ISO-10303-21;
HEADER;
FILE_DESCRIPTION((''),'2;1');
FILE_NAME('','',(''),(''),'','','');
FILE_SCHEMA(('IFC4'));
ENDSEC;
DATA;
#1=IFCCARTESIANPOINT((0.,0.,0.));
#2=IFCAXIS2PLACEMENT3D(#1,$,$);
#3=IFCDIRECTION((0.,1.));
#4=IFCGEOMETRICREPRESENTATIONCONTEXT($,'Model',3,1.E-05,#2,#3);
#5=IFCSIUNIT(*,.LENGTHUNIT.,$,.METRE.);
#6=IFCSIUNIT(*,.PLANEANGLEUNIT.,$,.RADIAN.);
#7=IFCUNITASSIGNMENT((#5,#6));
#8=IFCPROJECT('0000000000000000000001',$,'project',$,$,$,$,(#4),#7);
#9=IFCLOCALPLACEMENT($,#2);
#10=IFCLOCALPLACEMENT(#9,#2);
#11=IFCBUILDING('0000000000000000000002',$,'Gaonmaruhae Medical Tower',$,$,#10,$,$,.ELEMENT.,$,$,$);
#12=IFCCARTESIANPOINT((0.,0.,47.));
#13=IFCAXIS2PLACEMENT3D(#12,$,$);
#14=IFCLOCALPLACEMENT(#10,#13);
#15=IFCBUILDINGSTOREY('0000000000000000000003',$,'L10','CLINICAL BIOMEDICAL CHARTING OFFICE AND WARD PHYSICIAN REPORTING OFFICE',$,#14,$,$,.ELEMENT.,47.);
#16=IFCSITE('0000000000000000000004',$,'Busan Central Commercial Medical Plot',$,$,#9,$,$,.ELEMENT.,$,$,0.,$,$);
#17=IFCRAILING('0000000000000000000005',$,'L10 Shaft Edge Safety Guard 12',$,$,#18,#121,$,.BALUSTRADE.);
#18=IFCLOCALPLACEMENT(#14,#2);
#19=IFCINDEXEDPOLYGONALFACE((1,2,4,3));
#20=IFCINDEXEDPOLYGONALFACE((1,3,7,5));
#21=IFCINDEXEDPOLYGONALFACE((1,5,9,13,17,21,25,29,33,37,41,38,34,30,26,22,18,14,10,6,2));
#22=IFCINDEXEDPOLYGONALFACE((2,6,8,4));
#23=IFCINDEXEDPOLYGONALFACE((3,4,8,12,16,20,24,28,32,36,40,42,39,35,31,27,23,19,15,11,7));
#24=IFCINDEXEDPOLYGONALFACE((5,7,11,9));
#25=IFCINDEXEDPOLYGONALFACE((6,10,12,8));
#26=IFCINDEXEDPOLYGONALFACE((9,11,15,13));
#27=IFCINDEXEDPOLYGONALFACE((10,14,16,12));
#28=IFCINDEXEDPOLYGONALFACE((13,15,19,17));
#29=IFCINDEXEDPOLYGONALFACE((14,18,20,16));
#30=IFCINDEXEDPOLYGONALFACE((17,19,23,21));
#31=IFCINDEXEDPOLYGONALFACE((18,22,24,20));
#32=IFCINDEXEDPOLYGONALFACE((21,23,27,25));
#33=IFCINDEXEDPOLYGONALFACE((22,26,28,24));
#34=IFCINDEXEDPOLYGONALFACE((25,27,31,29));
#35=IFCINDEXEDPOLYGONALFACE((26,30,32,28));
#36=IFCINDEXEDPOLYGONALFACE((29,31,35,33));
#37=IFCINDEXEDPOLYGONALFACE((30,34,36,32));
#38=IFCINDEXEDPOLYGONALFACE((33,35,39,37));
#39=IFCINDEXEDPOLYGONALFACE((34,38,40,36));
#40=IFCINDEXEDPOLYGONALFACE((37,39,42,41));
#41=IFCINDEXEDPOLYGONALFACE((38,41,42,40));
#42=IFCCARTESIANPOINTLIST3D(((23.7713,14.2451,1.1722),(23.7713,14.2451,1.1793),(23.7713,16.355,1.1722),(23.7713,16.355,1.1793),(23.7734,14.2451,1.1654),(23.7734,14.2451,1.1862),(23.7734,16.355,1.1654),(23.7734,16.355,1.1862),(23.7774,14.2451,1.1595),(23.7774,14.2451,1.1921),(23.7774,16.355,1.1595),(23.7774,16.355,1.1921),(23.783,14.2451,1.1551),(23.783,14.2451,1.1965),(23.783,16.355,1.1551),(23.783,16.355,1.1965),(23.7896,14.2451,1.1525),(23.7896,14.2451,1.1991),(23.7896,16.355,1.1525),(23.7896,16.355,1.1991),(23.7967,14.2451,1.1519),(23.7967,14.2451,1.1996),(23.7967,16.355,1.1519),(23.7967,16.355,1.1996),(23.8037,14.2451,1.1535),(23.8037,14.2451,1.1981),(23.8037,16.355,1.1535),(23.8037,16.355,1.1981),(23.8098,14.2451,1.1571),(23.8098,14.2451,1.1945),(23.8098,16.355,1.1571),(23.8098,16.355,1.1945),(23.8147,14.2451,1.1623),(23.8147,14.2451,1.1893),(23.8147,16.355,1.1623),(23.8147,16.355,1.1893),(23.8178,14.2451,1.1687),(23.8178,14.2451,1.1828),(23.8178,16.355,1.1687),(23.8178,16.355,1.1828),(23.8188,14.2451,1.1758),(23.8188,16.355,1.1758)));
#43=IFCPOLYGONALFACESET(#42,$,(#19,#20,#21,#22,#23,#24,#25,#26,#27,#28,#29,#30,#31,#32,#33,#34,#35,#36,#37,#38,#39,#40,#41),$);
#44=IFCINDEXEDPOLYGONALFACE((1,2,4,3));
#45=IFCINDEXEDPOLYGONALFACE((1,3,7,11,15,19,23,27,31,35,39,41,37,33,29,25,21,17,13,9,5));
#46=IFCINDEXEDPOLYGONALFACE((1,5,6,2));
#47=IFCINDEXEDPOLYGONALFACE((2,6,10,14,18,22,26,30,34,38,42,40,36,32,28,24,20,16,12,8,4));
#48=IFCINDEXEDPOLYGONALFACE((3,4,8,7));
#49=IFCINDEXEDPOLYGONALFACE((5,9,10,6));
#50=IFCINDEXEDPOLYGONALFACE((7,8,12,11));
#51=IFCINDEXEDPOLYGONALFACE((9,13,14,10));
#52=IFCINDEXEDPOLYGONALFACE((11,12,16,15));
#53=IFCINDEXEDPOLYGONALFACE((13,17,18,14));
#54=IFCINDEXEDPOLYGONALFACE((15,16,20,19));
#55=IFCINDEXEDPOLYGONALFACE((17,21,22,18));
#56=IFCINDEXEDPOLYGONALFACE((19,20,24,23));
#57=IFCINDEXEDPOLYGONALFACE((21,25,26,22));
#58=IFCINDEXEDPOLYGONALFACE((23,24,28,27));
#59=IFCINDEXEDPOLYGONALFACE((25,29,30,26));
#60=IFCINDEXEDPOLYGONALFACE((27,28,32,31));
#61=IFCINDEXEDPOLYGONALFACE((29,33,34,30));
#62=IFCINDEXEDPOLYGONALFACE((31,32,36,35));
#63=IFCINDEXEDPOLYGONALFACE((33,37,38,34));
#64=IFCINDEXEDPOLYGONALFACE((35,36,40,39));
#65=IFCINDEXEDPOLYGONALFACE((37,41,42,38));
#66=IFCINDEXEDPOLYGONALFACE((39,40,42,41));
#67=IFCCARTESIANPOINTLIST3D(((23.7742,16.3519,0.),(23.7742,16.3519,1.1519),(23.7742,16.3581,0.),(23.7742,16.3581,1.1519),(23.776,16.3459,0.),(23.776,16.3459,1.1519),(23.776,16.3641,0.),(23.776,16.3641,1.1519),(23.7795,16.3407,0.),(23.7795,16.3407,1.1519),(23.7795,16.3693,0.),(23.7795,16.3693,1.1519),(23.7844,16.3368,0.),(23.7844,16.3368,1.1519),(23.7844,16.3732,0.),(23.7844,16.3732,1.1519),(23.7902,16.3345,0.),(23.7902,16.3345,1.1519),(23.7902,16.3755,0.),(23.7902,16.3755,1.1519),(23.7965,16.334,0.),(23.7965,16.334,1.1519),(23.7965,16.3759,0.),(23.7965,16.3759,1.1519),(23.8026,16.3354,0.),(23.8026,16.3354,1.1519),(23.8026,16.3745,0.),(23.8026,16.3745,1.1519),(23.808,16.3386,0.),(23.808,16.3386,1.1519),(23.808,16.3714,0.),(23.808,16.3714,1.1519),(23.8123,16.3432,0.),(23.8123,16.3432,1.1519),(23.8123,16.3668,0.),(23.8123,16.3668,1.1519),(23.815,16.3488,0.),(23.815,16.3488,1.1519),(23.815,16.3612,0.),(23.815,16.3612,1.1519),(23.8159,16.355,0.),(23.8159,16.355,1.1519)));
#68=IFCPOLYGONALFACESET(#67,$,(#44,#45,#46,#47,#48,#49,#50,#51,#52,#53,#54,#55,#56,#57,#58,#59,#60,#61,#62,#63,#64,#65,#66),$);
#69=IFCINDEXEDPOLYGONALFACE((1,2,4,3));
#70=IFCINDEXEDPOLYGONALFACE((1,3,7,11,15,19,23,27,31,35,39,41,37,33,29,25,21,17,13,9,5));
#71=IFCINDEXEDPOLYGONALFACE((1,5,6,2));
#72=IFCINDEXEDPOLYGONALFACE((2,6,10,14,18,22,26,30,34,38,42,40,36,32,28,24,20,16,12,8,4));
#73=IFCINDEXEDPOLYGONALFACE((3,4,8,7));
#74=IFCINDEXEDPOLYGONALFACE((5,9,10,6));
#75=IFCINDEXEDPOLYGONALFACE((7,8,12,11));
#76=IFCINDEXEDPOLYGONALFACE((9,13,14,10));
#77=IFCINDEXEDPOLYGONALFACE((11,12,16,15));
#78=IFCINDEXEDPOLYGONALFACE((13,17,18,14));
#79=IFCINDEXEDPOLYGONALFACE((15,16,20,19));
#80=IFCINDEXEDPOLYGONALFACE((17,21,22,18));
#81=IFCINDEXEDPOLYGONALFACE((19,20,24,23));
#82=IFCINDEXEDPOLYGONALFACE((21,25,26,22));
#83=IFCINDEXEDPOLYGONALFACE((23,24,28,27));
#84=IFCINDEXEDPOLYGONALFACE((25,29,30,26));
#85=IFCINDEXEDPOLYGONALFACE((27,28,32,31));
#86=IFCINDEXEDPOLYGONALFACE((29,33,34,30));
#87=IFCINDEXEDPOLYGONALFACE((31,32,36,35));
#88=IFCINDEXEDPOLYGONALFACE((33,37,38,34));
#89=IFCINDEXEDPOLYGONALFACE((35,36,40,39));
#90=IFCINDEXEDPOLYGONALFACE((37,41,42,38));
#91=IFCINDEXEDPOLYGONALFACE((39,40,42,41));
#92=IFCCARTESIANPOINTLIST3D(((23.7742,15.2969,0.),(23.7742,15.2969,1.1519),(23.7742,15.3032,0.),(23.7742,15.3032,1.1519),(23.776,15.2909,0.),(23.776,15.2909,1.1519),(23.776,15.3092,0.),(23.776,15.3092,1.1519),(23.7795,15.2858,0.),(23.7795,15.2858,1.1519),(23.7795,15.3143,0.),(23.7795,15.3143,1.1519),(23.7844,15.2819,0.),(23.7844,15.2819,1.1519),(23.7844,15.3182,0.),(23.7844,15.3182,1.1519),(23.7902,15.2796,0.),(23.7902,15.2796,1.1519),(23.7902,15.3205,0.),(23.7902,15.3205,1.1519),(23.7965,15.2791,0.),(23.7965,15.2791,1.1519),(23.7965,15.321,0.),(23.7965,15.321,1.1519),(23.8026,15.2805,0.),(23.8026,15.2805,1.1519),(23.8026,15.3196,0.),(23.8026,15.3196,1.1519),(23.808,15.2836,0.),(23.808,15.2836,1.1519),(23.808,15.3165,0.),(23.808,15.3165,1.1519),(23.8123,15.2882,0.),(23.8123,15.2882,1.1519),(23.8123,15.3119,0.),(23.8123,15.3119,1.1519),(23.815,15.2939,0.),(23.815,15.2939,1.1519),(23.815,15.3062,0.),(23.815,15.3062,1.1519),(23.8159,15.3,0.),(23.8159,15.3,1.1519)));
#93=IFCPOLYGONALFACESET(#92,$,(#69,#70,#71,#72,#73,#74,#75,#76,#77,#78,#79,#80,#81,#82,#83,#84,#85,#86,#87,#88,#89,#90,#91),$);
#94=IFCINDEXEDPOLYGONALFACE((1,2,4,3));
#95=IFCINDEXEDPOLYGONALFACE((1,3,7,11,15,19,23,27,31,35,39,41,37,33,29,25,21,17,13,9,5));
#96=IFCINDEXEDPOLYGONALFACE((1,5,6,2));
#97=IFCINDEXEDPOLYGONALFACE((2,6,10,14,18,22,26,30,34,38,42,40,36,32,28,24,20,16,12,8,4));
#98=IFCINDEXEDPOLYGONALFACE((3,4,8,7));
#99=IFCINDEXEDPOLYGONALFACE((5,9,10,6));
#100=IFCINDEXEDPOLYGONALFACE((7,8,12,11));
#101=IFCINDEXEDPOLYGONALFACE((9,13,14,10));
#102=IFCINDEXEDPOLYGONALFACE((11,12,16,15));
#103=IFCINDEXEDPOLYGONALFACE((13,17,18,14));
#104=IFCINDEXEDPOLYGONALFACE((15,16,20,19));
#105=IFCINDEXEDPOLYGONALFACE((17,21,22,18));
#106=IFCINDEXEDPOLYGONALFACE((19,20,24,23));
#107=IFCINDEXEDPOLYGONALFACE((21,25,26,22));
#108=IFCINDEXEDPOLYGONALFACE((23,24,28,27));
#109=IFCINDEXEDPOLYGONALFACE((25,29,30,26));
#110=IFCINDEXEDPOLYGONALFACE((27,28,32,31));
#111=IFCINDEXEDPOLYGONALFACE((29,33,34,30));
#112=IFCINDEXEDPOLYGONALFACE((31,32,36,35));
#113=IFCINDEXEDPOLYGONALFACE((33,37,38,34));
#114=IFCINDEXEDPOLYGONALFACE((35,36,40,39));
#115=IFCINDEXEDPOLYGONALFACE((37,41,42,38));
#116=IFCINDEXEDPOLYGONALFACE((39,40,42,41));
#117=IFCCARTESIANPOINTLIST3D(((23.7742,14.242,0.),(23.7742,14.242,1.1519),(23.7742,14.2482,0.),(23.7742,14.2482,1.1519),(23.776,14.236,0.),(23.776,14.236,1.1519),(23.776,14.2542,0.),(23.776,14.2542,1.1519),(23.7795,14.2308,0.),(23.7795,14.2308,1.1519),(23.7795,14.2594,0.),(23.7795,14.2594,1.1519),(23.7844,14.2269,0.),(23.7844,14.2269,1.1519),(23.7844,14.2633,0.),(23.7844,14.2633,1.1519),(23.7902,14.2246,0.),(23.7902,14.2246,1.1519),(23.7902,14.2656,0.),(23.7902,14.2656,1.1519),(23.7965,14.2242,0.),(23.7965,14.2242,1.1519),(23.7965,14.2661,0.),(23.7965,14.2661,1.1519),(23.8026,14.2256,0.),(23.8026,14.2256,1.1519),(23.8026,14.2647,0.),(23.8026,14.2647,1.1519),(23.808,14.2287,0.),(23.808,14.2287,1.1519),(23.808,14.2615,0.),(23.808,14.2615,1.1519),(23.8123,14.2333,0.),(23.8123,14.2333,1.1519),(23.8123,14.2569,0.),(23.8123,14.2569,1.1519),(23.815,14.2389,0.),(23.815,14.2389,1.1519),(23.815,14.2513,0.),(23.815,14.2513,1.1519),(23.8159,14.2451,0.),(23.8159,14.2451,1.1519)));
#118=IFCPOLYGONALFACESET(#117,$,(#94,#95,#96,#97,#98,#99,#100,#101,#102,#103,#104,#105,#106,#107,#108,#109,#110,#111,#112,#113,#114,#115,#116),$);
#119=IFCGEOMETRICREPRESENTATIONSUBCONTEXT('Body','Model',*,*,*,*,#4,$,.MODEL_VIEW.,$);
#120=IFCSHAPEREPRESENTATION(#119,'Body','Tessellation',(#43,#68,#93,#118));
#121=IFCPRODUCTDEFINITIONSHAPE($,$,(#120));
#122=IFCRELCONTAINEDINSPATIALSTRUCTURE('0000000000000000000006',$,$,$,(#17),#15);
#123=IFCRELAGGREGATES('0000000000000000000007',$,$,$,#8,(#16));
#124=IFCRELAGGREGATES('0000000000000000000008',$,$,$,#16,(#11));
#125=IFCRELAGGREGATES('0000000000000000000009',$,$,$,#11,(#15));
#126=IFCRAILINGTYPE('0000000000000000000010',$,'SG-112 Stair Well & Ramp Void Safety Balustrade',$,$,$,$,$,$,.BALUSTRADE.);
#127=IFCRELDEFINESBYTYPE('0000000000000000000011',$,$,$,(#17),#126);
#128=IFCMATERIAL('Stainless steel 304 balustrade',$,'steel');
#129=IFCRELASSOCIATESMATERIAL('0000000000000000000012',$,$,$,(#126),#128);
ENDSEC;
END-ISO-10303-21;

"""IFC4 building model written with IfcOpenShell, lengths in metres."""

from ifc_helpers import new_model, si_unit, direction, frame, origin, origin_2d, place, context, subcontext, project, spatial, circle, extrude, material, type_object, element, save


model = new_model("IFC4")

# Units and contexts
model_context = context("Model", 3, precision=1e-05, world=origin(), true_north=direction((0.0, 1.0)))
body_context = subcontext(model_context, "Body", "Model", "MODEL_VIEW")
ifc_project = project(units=[si_unit("LENGTHUNIT", "METRE"), si_unit("PLANEANGLEUNIT", "RADIAN")], contexts=[model_context])

# Site, building, storey
site_placement = place(None, origin())
site = spatial("IfcSite", under=ifc_project, at=site_placement, Name="Busan Central Commercial Medical Plot", CompositionType="ELEMENT", RefElevation=0.0)
building_placement = place(site_placement, origin())
building = spatial("IfcBuilding", under=site, at=building_placement, Name="Gaonmaruhae Medical Tower", CompositionType="ELEMENT")
storey_placement = place(building_placement, frame((0.0, 0.0, 47.0)))
storey = spatial("IfcBuildingStorey", under=building, at=storey_placement, Name="L10", Description="CLINICAL BIOMEDICAL CHARTING OFFICE AND WARD PHYSICIAN REPORTING OFFICE", CompositionType="ELEMENT", Elevation=47.0)

# Railing
ifc_material_1 = material(Name="Stainless steel 304 balustrade", Category="steel")
railing_type_1 = type_object("IfcRailingType", Name="SG-112 Stair Well & Ramp Void Safety Balustrade", PredefinedType="BALUSTRADE", material=ifc_material_1)
railing_1_placement = place(storey_placement, frame((23.7949, 16.355, 0.0)))
element("IfcRailing", 1, at=railing_1_placement, inside=storey, type_object=railing_type_1, Name="L10 Shaft Edge Safety Guard 12", PredefinedType="BALUSTRADE", context=body_context, shape_type="SweptSolid", body=[
    extrude(circle(Radius=0.0239, at=origin_2d()), frame((0.0, 0.0, 1.1758), z_axis=(0.0, -1.0, 0.0), x_axis=(1.0, 0.0, 0.0)), (0.0, 0.0, 1.0), 2.1099),
    extrude(circle(Radius=0.021, at=origin_2d()), origin(), (0.0, 0.0, 1.0), 1.1519),
    extrude(circle(Radius=0.021, at=origin_2d()), frame((0.0, -1.0549, 0.0)), (0.0, 0.0, 1.0), 1.1519),
    extrude(circle(Radius=0.021, at=origin_2d()), frame((0.0, -2.1099, 0.0)), (0.0, 0.0, 1.0), 1.1519),
])

save(model, "model.ifc")
